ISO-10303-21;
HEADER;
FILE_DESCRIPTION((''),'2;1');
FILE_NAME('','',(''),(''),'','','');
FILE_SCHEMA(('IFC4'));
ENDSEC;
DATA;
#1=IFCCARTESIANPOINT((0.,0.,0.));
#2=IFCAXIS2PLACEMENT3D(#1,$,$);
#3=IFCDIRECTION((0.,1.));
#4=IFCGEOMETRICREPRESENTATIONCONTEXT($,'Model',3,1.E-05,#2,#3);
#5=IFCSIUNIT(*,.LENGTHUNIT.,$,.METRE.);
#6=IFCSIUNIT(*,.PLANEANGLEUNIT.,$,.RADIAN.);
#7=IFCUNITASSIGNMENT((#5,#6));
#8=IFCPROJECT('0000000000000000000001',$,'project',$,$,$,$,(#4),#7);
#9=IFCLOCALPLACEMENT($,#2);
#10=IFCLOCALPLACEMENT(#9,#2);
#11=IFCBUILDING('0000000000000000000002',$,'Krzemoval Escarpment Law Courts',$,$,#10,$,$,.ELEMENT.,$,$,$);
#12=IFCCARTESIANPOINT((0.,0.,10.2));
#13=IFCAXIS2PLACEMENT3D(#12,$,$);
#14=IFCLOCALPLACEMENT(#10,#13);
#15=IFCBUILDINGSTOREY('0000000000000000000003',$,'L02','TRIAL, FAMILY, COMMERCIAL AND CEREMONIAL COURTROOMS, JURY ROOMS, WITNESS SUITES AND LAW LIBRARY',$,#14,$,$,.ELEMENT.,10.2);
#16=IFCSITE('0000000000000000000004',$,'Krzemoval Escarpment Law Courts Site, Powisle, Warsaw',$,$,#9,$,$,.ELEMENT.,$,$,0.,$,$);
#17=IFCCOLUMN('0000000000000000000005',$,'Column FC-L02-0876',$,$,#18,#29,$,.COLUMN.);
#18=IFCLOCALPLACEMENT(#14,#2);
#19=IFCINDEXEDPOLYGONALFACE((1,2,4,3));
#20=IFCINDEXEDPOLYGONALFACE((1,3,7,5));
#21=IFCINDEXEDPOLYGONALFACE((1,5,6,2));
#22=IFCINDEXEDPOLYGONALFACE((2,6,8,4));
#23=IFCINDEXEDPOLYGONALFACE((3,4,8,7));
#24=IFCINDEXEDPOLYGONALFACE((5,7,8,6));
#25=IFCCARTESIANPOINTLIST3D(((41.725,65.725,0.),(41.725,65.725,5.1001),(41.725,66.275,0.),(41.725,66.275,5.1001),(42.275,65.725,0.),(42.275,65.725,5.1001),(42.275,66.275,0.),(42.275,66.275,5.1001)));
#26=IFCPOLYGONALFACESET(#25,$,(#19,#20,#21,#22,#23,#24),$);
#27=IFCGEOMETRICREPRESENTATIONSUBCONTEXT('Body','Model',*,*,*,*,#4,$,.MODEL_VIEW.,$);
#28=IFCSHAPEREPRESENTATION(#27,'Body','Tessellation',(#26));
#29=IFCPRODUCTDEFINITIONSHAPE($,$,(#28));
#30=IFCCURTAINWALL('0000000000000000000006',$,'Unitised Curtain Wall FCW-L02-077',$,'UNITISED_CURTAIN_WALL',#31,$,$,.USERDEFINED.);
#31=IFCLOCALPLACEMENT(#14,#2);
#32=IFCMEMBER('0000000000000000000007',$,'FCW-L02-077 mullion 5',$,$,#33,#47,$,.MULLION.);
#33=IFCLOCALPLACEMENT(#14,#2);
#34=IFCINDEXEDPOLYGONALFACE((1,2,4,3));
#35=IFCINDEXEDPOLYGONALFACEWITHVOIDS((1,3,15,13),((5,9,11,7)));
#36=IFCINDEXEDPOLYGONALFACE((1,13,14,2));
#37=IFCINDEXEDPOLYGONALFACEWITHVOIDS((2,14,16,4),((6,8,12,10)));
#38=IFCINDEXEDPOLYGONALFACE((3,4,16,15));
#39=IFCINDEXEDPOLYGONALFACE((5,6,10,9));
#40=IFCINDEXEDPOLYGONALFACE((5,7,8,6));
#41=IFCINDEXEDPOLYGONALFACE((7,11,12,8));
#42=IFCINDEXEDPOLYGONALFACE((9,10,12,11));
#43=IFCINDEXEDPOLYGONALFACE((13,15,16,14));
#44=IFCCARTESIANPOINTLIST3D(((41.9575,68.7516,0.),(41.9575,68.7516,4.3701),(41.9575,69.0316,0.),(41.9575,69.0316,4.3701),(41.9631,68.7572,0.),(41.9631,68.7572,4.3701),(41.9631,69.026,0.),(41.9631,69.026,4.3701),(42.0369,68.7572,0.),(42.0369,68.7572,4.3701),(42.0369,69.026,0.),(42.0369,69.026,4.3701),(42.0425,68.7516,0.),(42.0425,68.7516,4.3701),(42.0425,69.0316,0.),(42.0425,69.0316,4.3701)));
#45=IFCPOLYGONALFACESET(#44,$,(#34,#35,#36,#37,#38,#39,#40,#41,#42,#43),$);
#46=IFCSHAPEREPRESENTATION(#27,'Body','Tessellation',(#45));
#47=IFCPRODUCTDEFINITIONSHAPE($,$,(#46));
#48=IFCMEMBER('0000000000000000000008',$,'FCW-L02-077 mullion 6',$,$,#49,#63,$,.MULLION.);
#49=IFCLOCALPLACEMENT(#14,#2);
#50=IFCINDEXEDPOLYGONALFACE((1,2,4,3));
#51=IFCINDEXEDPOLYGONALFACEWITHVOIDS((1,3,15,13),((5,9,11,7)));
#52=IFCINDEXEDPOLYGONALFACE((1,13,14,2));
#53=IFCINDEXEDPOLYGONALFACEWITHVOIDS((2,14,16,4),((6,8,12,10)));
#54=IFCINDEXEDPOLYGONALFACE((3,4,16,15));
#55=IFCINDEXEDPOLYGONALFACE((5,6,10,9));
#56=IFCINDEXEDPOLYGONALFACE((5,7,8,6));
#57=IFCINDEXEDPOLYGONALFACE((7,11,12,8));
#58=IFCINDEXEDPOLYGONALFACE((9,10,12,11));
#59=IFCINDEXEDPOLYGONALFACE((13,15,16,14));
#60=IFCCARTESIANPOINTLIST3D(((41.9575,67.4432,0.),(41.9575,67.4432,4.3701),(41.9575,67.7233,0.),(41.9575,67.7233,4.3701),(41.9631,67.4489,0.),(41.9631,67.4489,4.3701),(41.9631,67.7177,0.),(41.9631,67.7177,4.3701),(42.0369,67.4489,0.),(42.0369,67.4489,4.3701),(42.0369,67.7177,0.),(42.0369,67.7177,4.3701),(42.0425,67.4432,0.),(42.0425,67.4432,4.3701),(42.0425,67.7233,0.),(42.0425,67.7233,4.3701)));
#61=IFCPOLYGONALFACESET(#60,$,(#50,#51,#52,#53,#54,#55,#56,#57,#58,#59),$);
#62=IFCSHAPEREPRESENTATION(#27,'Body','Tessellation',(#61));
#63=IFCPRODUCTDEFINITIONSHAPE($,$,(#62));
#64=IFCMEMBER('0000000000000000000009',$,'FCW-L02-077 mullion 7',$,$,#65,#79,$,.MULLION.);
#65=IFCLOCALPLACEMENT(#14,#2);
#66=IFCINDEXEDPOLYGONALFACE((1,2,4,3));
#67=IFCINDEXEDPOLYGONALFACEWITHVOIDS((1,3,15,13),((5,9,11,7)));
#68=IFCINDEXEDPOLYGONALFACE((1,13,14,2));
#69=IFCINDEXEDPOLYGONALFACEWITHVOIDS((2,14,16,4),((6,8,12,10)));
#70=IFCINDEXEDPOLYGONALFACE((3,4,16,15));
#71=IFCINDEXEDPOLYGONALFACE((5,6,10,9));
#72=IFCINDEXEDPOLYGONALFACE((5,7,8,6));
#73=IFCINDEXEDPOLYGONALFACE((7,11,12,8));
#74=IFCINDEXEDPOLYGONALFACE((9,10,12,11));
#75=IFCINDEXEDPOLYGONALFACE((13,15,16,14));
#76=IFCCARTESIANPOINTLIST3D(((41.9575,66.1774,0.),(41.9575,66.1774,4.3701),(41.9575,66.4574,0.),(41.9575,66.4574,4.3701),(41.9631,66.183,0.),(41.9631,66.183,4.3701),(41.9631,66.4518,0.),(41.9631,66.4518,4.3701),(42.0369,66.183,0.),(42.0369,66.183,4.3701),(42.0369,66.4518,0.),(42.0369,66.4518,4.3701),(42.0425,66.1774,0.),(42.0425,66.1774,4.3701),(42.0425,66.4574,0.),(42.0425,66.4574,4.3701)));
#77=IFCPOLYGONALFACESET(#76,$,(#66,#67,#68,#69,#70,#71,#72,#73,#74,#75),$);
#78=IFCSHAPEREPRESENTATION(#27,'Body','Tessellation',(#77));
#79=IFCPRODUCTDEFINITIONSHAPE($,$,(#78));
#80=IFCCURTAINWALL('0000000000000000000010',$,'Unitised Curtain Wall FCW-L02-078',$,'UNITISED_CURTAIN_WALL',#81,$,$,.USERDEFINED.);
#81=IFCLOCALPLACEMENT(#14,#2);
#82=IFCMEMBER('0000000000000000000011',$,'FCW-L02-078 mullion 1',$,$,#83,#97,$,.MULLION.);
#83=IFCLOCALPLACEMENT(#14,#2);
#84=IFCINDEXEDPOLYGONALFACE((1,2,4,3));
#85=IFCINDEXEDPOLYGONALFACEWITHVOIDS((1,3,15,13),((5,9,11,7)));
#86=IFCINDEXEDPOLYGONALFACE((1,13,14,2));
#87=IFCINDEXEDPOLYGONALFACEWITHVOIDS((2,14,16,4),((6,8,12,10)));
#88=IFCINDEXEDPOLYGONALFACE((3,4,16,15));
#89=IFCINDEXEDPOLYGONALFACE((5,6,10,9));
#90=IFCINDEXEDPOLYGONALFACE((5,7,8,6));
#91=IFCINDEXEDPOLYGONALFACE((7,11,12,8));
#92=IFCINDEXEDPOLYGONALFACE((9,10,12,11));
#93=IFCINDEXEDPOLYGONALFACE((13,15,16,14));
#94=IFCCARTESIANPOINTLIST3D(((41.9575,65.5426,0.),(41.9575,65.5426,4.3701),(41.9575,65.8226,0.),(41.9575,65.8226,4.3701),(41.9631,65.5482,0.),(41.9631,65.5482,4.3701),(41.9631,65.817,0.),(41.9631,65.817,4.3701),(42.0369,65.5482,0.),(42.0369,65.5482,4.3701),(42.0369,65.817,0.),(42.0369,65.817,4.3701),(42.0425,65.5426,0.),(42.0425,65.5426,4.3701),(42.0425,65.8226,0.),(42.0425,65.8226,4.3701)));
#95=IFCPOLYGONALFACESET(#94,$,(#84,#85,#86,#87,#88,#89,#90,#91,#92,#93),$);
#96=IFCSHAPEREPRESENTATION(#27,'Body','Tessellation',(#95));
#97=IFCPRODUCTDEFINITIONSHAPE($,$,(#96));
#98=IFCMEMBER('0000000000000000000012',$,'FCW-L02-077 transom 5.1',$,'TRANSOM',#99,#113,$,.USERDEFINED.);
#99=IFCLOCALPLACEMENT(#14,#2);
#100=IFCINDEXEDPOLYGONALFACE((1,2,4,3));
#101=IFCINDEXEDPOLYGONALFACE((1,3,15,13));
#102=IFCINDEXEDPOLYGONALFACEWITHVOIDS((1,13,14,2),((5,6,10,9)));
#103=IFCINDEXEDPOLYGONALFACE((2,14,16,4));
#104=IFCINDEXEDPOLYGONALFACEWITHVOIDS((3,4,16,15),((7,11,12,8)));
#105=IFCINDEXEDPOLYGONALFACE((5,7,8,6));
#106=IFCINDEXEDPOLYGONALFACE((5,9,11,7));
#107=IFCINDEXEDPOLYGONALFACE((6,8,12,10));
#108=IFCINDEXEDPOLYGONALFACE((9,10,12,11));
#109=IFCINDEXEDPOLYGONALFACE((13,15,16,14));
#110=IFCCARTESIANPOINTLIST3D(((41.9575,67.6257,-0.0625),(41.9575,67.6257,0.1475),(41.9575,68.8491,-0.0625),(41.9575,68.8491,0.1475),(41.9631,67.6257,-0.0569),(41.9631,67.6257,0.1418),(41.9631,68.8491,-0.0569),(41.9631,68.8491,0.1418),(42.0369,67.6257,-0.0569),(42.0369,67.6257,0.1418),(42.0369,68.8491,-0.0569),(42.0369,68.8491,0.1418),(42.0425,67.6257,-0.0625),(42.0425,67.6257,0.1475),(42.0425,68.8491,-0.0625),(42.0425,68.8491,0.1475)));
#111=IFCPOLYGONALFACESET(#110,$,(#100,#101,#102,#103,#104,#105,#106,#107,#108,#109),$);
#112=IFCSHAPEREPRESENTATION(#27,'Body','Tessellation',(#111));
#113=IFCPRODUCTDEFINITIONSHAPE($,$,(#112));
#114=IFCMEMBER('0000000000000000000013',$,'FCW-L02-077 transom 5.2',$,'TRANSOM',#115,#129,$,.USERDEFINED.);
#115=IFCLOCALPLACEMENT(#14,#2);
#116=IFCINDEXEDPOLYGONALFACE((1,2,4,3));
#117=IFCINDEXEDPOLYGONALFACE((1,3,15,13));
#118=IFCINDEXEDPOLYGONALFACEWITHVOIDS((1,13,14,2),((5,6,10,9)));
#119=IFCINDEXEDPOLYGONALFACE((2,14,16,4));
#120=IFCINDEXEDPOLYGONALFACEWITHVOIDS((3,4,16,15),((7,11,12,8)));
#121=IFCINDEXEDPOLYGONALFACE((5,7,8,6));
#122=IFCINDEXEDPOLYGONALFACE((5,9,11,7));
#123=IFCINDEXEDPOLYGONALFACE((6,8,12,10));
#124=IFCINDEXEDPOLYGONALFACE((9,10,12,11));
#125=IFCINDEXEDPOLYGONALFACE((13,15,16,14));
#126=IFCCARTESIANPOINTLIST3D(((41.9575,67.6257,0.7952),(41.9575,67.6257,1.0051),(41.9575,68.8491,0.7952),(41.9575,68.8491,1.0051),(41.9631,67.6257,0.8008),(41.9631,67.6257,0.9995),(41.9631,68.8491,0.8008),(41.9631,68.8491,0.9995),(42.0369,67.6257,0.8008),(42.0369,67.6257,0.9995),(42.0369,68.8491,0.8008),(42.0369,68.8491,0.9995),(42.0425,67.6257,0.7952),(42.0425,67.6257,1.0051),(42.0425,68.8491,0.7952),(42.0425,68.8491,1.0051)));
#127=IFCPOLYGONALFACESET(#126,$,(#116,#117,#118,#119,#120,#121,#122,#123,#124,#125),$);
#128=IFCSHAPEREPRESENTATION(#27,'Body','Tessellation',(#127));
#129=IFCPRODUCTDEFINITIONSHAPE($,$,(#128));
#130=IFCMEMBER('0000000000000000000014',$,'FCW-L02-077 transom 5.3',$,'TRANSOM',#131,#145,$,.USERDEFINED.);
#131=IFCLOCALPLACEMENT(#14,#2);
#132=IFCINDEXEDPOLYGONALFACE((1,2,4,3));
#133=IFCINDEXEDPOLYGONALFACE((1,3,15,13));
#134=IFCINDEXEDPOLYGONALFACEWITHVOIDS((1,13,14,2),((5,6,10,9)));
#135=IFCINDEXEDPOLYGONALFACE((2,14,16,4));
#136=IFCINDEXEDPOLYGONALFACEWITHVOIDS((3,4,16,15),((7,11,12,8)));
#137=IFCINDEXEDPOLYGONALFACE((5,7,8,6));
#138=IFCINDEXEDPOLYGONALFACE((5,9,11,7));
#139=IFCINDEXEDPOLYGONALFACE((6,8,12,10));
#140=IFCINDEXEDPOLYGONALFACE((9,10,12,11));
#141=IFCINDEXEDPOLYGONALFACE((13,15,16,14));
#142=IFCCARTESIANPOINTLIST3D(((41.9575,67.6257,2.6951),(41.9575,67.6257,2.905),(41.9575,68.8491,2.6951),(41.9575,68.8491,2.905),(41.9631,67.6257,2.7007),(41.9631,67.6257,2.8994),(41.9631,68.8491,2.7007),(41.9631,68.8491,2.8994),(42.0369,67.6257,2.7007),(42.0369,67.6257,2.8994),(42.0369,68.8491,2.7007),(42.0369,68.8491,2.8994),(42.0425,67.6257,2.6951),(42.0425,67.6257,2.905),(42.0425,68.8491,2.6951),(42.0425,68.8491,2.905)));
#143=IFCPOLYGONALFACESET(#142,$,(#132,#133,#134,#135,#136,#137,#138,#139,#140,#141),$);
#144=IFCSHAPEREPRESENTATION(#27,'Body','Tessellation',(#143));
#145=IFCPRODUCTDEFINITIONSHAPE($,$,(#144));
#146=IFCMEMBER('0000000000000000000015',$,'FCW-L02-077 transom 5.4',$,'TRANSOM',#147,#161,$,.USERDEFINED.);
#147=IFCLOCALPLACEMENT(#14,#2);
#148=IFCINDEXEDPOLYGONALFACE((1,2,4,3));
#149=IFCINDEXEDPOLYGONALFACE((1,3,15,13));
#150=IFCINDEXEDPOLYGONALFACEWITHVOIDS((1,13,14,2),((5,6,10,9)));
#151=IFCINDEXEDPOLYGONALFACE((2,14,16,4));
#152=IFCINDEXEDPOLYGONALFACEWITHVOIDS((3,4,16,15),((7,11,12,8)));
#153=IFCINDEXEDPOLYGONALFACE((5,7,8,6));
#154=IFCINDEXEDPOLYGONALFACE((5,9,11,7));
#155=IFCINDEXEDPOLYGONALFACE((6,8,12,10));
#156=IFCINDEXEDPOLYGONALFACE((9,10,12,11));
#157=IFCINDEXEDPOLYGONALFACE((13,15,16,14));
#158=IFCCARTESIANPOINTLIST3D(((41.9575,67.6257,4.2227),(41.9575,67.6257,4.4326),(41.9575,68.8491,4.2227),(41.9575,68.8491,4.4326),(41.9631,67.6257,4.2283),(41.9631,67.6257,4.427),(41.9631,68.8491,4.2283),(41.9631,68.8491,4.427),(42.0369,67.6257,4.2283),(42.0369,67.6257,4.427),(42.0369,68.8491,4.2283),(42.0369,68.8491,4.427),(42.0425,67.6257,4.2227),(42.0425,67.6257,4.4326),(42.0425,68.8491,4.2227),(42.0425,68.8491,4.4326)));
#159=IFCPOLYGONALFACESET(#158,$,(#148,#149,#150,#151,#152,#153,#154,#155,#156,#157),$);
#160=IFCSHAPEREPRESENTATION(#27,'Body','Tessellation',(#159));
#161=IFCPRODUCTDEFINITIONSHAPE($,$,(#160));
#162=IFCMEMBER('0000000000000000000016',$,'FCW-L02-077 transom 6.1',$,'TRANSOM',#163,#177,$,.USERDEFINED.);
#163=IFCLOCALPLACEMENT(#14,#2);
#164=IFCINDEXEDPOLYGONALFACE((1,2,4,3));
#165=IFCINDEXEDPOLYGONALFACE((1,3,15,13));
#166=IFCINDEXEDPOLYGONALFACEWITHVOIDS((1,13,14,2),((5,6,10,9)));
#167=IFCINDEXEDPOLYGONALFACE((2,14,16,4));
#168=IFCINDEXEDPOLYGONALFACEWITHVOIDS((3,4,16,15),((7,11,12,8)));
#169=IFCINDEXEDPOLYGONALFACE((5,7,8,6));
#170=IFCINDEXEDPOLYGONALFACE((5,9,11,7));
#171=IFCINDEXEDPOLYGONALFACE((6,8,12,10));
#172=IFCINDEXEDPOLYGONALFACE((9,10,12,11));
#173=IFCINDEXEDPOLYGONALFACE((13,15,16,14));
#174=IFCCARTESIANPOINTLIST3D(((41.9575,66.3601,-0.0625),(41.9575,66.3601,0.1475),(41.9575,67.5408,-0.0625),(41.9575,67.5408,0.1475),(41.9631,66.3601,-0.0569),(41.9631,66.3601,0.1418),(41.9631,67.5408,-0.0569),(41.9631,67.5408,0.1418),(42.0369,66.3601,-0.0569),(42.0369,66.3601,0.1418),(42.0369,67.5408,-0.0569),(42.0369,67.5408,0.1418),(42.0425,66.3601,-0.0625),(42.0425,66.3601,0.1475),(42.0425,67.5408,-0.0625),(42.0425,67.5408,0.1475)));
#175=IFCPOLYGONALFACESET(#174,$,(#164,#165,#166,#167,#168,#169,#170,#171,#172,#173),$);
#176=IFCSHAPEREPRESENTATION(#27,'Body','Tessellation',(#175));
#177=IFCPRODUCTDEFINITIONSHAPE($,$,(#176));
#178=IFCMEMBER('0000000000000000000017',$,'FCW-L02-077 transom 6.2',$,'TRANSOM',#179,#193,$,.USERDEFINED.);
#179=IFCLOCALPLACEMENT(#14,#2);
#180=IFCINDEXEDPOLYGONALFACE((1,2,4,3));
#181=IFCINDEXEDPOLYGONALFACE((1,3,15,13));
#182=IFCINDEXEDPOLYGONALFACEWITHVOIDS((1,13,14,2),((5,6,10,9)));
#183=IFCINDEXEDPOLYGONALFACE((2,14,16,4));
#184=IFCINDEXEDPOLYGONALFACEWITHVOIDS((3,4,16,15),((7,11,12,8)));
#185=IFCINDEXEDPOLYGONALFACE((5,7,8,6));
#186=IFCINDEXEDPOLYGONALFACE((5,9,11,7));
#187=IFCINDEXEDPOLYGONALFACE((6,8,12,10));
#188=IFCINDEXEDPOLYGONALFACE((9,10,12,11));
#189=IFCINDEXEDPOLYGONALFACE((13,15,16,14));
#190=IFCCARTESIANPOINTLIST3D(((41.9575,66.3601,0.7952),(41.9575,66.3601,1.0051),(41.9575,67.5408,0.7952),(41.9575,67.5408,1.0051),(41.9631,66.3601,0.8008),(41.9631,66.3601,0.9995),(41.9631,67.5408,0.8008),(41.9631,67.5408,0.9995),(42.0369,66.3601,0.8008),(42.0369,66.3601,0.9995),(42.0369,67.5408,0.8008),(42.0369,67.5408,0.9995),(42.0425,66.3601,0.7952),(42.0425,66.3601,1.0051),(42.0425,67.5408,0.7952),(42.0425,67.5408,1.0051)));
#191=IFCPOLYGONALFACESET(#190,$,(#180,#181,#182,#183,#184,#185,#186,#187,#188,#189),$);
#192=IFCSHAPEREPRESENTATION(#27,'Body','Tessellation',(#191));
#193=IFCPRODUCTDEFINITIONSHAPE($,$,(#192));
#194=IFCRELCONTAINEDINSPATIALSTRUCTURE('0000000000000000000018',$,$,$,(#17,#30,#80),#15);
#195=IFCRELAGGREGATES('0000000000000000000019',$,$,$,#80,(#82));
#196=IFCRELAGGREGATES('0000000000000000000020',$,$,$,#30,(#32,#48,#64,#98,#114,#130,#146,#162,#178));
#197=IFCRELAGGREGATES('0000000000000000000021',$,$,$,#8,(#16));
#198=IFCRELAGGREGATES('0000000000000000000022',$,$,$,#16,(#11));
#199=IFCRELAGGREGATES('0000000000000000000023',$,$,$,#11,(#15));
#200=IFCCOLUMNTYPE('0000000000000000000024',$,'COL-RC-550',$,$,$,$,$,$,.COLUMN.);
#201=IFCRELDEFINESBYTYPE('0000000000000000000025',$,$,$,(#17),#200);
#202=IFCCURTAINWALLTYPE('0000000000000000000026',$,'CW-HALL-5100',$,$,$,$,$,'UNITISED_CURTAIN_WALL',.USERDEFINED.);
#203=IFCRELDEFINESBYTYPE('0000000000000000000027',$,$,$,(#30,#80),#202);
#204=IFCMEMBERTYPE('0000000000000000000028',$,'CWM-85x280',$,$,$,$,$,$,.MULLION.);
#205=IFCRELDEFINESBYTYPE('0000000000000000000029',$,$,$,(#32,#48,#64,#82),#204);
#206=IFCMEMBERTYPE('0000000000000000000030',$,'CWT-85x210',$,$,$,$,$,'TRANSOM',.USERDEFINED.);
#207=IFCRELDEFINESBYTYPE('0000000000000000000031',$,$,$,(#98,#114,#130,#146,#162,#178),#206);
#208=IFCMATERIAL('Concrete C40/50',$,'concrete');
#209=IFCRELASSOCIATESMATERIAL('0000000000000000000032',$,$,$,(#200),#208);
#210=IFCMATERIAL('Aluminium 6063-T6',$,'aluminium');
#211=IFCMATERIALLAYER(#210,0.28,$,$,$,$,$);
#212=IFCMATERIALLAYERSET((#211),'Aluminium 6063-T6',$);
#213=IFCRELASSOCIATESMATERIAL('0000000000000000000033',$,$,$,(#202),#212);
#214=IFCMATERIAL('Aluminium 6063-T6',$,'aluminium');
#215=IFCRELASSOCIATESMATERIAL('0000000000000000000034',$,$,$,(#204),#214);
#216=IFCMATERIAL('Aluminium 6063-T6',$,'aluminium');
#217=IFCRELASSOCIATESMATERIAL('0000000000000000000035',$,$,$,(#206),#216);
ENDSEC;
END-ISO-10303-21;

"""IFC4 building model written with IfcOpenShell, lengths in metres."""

from ifc_helpers import new_model, si_unit, direction, frame, origin, origin_2d, place, context, subcontext, project, spatial, rectangle, hollow_rectangle, extrude, material, layer, layer_set, material_profile, profile_set, type_object, element, aggregate, save


model = new_model("IFC4")

# Units and contexts
model_context = context("Model", 3, precision=1e-05, world=origin(), true_north=direction((0.0, 1.0)))
body_context = subcontext(model_context, "Body", "Model", "MODEL_VIEW")
ifc_project = project(units=[si_unit("LENGTHUNIT", "METRE"), si_unit("PLANEANGLEUNIT", "RADIAN")], contexts=[model_context])

# Site, building, storey
site_placement = place(None, origin())
site = spatial("IfcSite", under=ifc_project, at=site_placement, Name="Krzemoval Escarpment Law Courts Site, Powisle, Warsaw", CompositionType="ELEMENT", RefElevation=0.0)
building_placement = place(site_placement, origin())
building = spatial("IfcBuilding", under=site, at=building_placement, Name="Krzemoval Escarpment Law Courts", CompositionType="ELEMENT")
storey_placement = place(building_placement, frame((0.0, 0.0, 10.2)))
storey = spatial("IfcBuildingStorey", under=building, at=storey_placement, Name="L02", Description="TRIAL, FAMILY, COMMERCIAL AND CEREMONIAL COURTROOMS, JURY ROOMS, WITNESS SUITES AND LAW LIBRARY", CompositionType="ELEMENT", Elevation=10.2)

# Column
ifc_material_1 = material(Name="Concrete C40/50", Category="concrete")
ifc_material_profile_1 = material_profile(ifc_material_1, rectangle(XDim=0.55, YDim=0.55, at=origin_2d()), Name="RC 550x550")
ifc_profile_set_1 = profile_set([ifc_material_profile_1], Name="Concrete C40/50")
column_type = type_object("IfcColumnType", Name="COL-RC-550", PredefinedType="COLUMN", material=ifc_profile_set_1)
column_placement = place(storey_placement, frame((42.0, 66.0, 0.0), z_axis=(0.0, 0.0, 1.0), x_axis=(1.0, 0.0, 0.0)))
element("IfcColumn", 1, at=column_placement, inside=storey, type_object=column_type, Name="Column FC-L02-0876", PredefinedType="COLUMN", context=body_context, shape_type="SweptSolid", body=[
    extrude(rectangle(XDim=0.55, YDim=0.55, at=origin_2d()), origin(), (0.0, 0.0, 1.0), 5.1001),
])

# Curtain wall, members
ifc_material_2 = material(Name="Aluminium 6063-T6", Category="aluminium")
ifc_layer_1 = layer(ifc_material_2, 0.28)
ifc_layer_set_1 = layer_set([ifc_layer_1], Name="Aluminium 6063-T6")
curtain_wall_type = type_object("IfcCurtainWallType", Name="CW-HALL-5100", ElementType="UNITISED_CURTAIN_WALL", PredefinedType="USERDEFINED", material=ifc_layer_set_1)
curtain_wall_1_placement = place(storey_placement, origin())
curtain_wall_1 = element("IfcCurtainWall", 2, at=curtain_wall_1_placement, inside=storey, type_object=curtain_wall_type, Name="Unitised Curtain Wall FCW-L02-077", ObjectType="UNITISED_CURTAIN_WALL", PredefinedType="USERDEFINED")
ifc_material_3 = material(Name="Aluminium 6063-T6", Category="aluminium")
ifc_material_profile_2 = material_profile(ifc_material_3, hollow_rectangle(XDim=0.085, YDim=0.28, WallThickness=0.0056, at=origin_2d()), Name="ALU M85x280")
ifc_profile_set_2 = profile_set([ifc_material_profile_2], Name="Aluminium 6063-T6")
member_type_1 = type_object("IfcMemberType", Name="CWM-85x280", PredefinedType="MULLION", material=ifc_profile_set_2)
member_1_placement = place(storey_placement, frame((42.0, 68.8916, 0.0), z_axis=(0.0, 0.0, 1.0), x_axis=(1.0, 0.0, 0.0)))
member_1 = element("IfcMember", 3, at=member_1_placement, type_object=member_type_1, Name="FCW-L02-077 mullion 5", PredefinedType="MULLION", context=body_context, shape_type="SweptSolid", body=[
    extrude(hollow_rectangle(XDim=0.085, YDim=0.28, WallThickness=0.0056, at=origin_2d()), origin(), (0.0, 0.0, 1.0), 4.3701),
])
member_2_placement = place(storey_placement, frame((42.0, 67.5833, 0.0), z_axis=(0.0, 0.0, 1.0), x_axis=(1.0, 0.0, 0.0)))
member_2 = element("IfcMember", 4, at=member_2_placement, type_object=member_type_1, Name="FCW-L02-077 mullion 6", PredefinedType="MULLION", context=body_context, shape_type="SweptSolid", body=[
    extrude(hollow_rectangle(XDim=0.085, YDim=0.28, WallThickness=0.0056, at=origin_2d()), origin(), (0.0, 0.0, 1.0), 4.3701),
])
member_3_placement = place(storey_placement, frame((42.0, 66.3174, 0.0), z_axis=(0.0, 0.0, 1.0), x_axis=(1.0, 0.0, 0.0)))
member_3 = element("IfcMember", 5, at=member_3_placement, type_object=member_type_1, Name="FCW-L02-077 mullion 7", PredefinedType="MULLION", context=body_context, shape_type="SweptSolid", body=[
    extrude(hollow_rectangle(XDim=0.085, YDim=0.28, WallThickness=0.0056, at=origin_2d()), origin(), (0.0, 0.0, 1.0), 4.3701),
])

# Curtain wall, member
curtain_wall_2_placement = place(storey_placement, origin())
curtain_wall_2 = element("IfcCurtainWall", 6, at=curtain_wall_2_placement, inside=storey, type_object=curtain_wall_type, Name="Unitised Curtain Wall FCW-L02-078", ObjectType="UNITISED_CURTAIN_WALL", PredefinedType="USERDEFINED")
member_4_placement = place(storey_placement, frame((42.0, 65.6826, 0.0), z_axis=(0.0, 0.0, 1.0), x_axis=(1.0, 0.0, 0.0)))
member_4 = element("IfcMember", 7, at=member_4_placement, type_object=member_type_1, Name="FCW-L02-078 mullion 1", PredefinedType="MULLION", context=body_context, shape_type="SweptSolid", body=[
    extrude(hollow_rectangle(XDim=0.085, YDim=0.28, WallThickness=0.0056, at=origin_2d()), origin(), (0.0, 0.0, 1.0), 4.3701),
])
aggregate(curtain_wall_2, [member_4])

# Members
ifc_material_4 = material(Name="Aluminium 6063-T6", Category="aluminium")
ifc_material_profile_3 = material_profile(ifc_material_4, hollow_rectangle(XDim=0.085, YDim=0.21, WallThickness=0.0056, at=origin_2d()), Name="ALU T85x210")
ifc_profile_set_3 = profile_set([ifc_material_profile_3], Name="Aluminium 6063-T6")
member_type_2 = type_object("IfcMemberType", Name="CWT-85x210", ElementType="TRANSOM", PredefinedType="USERDEFINED", material=ifc_profile_set_3)
member_5_placement = place(storey_placement, frame((42.0, 68.8491, 0.0425), z_axis=(0.0, -1.0, 0.0), x_axis=(1.0, 0.0, 0.0)))
member_5 = element("IfcMember", 8, at=member_5_placement, type_object=member_type_2, Name="FCW-L02-077 transom 5.1", ObjectType="TRANSOM", PredefinedType="USERDEFINED", context=body_context, shape_type="SweptSolid", body=[
    extrude(hollow_rectangle(XDim=0.085, YDim=0.21, WallThickness=0.0056, at=origin_2d()), origin(), (0.0, 0.0, 1.0), 1.2234),
])
member_6_placement = place(storey_placement, frame((42.0, 68.8491, 0.9001), z_axis=(0.0, -1.0, 0.0), x_axis=(1.0, 0.0, 0.0)))
member_6 = element("IfcMember", 9, at=member_6_placement, type_object=member_type_2, Name="FCW-L02-077 transom 5.2", ObjectType="TRANSOM", PredefinedType="USERDEFINED", context=body_context, shape_type="SweptSolid", body=[
    extrude(hollow_rectangle(XDim=0.085, YDim=0.21, WallThickness=0.0056, at=origin_2d()), origin(), (0.0, 0.0, 1.0), 1.2234),
])
member_7_placement = place(storey_placement, frame((42.0, 68.8491, 2.8), z_axis=(0.0, -1.0, 0.0), x_axis=(1.0, 0.0, 0.0)))
member_7 = element("IfcMember", 10, at=member_7_placement, type_object=member_type_2, Name="FCW-L02-077 transom 5.3", ObjectType="TRANSOM", PredefinedType="USERDEFINED", context=body_context, shape_type="SweptSolid", body=[
    extrude(hollow_rectangle(XDim=0.085, YDim=0.21, WallThickness=0.0056, at=origin_2d()), origin(), (0.0, 0.0, 1.0), 1.2234),
])
member_8_placement = place(storey_placement, frame((42.0, 68.8491, 4.3276), z_axis=(0.0, -1.0, 0.0), x_axis=(1.0, 0.0, 0.0)))
member_8 = element("IfcMember", 11, at=member_8_placement, type_object=member_type_2, Name="FCW-L02-077 transom 5.4", ObjectType="TRANSOM", PredefinedType="USERDEFINED", context=body_context, shape_type="SweptSolid", body=[
    extrude(hollow_rectangle(XDim=0.085, YDim=0.21, WallThickness=0.0056, at=origin_2d()), origin(), (0.0, 0.0, 1.0), 1.2234),
])
member_9_placement = place(storey_placement, frame((42.0, 67.5408, 0.0425), z_axis=(0.0, -1.0, 0.0), x_axis=(1.0, 0.0, 0.0)))
member_9 = element("IfcMember", 12, at=member_9_placement, type_object=member_type_2, Name="FCW-L02-077 transom 6.1", ObjectType="TRANSOM", PredefinedType="USERDEFINED", context=body_context, shape_type="SweptSolid", body=[
    extrude(hollow_rectangle(XDim=0.085, YDim=0.21, WallThickness=0.0056, at=origin_2d()), origin(), (0.0, 0.0, 1.0), 1.1807),
])
member_10_placement = place(storey_placement, frame((42.0, 67.5408, 0.9001), z_axis=(0.0, -1.0, 0.0), x_axis=(1.0, 0.0, 0.0)))
member_10 = element("IfcMember", 13, at=member_10_placement, type_object=member_type_2, Name="FCW-L02-077 transom 6.2", ObjectType="TRANSOM", PredefinedType="USERDEFINED", context=body_context, shape_type="SweptSolid", body=[
    extrude(hollow_rectangle(XDim=0.085, YDim=0.21, WallThickness=0.0056, at=origin_2d()), origin(), (0.0, 0.0, 1.0), 1.1807),
])

aggregate(curtain_wall_1, [member_1, member_2, member_3, member_5, member_6, member_7, member_8, member_9, member_10])

save(model, "model.ifc")
